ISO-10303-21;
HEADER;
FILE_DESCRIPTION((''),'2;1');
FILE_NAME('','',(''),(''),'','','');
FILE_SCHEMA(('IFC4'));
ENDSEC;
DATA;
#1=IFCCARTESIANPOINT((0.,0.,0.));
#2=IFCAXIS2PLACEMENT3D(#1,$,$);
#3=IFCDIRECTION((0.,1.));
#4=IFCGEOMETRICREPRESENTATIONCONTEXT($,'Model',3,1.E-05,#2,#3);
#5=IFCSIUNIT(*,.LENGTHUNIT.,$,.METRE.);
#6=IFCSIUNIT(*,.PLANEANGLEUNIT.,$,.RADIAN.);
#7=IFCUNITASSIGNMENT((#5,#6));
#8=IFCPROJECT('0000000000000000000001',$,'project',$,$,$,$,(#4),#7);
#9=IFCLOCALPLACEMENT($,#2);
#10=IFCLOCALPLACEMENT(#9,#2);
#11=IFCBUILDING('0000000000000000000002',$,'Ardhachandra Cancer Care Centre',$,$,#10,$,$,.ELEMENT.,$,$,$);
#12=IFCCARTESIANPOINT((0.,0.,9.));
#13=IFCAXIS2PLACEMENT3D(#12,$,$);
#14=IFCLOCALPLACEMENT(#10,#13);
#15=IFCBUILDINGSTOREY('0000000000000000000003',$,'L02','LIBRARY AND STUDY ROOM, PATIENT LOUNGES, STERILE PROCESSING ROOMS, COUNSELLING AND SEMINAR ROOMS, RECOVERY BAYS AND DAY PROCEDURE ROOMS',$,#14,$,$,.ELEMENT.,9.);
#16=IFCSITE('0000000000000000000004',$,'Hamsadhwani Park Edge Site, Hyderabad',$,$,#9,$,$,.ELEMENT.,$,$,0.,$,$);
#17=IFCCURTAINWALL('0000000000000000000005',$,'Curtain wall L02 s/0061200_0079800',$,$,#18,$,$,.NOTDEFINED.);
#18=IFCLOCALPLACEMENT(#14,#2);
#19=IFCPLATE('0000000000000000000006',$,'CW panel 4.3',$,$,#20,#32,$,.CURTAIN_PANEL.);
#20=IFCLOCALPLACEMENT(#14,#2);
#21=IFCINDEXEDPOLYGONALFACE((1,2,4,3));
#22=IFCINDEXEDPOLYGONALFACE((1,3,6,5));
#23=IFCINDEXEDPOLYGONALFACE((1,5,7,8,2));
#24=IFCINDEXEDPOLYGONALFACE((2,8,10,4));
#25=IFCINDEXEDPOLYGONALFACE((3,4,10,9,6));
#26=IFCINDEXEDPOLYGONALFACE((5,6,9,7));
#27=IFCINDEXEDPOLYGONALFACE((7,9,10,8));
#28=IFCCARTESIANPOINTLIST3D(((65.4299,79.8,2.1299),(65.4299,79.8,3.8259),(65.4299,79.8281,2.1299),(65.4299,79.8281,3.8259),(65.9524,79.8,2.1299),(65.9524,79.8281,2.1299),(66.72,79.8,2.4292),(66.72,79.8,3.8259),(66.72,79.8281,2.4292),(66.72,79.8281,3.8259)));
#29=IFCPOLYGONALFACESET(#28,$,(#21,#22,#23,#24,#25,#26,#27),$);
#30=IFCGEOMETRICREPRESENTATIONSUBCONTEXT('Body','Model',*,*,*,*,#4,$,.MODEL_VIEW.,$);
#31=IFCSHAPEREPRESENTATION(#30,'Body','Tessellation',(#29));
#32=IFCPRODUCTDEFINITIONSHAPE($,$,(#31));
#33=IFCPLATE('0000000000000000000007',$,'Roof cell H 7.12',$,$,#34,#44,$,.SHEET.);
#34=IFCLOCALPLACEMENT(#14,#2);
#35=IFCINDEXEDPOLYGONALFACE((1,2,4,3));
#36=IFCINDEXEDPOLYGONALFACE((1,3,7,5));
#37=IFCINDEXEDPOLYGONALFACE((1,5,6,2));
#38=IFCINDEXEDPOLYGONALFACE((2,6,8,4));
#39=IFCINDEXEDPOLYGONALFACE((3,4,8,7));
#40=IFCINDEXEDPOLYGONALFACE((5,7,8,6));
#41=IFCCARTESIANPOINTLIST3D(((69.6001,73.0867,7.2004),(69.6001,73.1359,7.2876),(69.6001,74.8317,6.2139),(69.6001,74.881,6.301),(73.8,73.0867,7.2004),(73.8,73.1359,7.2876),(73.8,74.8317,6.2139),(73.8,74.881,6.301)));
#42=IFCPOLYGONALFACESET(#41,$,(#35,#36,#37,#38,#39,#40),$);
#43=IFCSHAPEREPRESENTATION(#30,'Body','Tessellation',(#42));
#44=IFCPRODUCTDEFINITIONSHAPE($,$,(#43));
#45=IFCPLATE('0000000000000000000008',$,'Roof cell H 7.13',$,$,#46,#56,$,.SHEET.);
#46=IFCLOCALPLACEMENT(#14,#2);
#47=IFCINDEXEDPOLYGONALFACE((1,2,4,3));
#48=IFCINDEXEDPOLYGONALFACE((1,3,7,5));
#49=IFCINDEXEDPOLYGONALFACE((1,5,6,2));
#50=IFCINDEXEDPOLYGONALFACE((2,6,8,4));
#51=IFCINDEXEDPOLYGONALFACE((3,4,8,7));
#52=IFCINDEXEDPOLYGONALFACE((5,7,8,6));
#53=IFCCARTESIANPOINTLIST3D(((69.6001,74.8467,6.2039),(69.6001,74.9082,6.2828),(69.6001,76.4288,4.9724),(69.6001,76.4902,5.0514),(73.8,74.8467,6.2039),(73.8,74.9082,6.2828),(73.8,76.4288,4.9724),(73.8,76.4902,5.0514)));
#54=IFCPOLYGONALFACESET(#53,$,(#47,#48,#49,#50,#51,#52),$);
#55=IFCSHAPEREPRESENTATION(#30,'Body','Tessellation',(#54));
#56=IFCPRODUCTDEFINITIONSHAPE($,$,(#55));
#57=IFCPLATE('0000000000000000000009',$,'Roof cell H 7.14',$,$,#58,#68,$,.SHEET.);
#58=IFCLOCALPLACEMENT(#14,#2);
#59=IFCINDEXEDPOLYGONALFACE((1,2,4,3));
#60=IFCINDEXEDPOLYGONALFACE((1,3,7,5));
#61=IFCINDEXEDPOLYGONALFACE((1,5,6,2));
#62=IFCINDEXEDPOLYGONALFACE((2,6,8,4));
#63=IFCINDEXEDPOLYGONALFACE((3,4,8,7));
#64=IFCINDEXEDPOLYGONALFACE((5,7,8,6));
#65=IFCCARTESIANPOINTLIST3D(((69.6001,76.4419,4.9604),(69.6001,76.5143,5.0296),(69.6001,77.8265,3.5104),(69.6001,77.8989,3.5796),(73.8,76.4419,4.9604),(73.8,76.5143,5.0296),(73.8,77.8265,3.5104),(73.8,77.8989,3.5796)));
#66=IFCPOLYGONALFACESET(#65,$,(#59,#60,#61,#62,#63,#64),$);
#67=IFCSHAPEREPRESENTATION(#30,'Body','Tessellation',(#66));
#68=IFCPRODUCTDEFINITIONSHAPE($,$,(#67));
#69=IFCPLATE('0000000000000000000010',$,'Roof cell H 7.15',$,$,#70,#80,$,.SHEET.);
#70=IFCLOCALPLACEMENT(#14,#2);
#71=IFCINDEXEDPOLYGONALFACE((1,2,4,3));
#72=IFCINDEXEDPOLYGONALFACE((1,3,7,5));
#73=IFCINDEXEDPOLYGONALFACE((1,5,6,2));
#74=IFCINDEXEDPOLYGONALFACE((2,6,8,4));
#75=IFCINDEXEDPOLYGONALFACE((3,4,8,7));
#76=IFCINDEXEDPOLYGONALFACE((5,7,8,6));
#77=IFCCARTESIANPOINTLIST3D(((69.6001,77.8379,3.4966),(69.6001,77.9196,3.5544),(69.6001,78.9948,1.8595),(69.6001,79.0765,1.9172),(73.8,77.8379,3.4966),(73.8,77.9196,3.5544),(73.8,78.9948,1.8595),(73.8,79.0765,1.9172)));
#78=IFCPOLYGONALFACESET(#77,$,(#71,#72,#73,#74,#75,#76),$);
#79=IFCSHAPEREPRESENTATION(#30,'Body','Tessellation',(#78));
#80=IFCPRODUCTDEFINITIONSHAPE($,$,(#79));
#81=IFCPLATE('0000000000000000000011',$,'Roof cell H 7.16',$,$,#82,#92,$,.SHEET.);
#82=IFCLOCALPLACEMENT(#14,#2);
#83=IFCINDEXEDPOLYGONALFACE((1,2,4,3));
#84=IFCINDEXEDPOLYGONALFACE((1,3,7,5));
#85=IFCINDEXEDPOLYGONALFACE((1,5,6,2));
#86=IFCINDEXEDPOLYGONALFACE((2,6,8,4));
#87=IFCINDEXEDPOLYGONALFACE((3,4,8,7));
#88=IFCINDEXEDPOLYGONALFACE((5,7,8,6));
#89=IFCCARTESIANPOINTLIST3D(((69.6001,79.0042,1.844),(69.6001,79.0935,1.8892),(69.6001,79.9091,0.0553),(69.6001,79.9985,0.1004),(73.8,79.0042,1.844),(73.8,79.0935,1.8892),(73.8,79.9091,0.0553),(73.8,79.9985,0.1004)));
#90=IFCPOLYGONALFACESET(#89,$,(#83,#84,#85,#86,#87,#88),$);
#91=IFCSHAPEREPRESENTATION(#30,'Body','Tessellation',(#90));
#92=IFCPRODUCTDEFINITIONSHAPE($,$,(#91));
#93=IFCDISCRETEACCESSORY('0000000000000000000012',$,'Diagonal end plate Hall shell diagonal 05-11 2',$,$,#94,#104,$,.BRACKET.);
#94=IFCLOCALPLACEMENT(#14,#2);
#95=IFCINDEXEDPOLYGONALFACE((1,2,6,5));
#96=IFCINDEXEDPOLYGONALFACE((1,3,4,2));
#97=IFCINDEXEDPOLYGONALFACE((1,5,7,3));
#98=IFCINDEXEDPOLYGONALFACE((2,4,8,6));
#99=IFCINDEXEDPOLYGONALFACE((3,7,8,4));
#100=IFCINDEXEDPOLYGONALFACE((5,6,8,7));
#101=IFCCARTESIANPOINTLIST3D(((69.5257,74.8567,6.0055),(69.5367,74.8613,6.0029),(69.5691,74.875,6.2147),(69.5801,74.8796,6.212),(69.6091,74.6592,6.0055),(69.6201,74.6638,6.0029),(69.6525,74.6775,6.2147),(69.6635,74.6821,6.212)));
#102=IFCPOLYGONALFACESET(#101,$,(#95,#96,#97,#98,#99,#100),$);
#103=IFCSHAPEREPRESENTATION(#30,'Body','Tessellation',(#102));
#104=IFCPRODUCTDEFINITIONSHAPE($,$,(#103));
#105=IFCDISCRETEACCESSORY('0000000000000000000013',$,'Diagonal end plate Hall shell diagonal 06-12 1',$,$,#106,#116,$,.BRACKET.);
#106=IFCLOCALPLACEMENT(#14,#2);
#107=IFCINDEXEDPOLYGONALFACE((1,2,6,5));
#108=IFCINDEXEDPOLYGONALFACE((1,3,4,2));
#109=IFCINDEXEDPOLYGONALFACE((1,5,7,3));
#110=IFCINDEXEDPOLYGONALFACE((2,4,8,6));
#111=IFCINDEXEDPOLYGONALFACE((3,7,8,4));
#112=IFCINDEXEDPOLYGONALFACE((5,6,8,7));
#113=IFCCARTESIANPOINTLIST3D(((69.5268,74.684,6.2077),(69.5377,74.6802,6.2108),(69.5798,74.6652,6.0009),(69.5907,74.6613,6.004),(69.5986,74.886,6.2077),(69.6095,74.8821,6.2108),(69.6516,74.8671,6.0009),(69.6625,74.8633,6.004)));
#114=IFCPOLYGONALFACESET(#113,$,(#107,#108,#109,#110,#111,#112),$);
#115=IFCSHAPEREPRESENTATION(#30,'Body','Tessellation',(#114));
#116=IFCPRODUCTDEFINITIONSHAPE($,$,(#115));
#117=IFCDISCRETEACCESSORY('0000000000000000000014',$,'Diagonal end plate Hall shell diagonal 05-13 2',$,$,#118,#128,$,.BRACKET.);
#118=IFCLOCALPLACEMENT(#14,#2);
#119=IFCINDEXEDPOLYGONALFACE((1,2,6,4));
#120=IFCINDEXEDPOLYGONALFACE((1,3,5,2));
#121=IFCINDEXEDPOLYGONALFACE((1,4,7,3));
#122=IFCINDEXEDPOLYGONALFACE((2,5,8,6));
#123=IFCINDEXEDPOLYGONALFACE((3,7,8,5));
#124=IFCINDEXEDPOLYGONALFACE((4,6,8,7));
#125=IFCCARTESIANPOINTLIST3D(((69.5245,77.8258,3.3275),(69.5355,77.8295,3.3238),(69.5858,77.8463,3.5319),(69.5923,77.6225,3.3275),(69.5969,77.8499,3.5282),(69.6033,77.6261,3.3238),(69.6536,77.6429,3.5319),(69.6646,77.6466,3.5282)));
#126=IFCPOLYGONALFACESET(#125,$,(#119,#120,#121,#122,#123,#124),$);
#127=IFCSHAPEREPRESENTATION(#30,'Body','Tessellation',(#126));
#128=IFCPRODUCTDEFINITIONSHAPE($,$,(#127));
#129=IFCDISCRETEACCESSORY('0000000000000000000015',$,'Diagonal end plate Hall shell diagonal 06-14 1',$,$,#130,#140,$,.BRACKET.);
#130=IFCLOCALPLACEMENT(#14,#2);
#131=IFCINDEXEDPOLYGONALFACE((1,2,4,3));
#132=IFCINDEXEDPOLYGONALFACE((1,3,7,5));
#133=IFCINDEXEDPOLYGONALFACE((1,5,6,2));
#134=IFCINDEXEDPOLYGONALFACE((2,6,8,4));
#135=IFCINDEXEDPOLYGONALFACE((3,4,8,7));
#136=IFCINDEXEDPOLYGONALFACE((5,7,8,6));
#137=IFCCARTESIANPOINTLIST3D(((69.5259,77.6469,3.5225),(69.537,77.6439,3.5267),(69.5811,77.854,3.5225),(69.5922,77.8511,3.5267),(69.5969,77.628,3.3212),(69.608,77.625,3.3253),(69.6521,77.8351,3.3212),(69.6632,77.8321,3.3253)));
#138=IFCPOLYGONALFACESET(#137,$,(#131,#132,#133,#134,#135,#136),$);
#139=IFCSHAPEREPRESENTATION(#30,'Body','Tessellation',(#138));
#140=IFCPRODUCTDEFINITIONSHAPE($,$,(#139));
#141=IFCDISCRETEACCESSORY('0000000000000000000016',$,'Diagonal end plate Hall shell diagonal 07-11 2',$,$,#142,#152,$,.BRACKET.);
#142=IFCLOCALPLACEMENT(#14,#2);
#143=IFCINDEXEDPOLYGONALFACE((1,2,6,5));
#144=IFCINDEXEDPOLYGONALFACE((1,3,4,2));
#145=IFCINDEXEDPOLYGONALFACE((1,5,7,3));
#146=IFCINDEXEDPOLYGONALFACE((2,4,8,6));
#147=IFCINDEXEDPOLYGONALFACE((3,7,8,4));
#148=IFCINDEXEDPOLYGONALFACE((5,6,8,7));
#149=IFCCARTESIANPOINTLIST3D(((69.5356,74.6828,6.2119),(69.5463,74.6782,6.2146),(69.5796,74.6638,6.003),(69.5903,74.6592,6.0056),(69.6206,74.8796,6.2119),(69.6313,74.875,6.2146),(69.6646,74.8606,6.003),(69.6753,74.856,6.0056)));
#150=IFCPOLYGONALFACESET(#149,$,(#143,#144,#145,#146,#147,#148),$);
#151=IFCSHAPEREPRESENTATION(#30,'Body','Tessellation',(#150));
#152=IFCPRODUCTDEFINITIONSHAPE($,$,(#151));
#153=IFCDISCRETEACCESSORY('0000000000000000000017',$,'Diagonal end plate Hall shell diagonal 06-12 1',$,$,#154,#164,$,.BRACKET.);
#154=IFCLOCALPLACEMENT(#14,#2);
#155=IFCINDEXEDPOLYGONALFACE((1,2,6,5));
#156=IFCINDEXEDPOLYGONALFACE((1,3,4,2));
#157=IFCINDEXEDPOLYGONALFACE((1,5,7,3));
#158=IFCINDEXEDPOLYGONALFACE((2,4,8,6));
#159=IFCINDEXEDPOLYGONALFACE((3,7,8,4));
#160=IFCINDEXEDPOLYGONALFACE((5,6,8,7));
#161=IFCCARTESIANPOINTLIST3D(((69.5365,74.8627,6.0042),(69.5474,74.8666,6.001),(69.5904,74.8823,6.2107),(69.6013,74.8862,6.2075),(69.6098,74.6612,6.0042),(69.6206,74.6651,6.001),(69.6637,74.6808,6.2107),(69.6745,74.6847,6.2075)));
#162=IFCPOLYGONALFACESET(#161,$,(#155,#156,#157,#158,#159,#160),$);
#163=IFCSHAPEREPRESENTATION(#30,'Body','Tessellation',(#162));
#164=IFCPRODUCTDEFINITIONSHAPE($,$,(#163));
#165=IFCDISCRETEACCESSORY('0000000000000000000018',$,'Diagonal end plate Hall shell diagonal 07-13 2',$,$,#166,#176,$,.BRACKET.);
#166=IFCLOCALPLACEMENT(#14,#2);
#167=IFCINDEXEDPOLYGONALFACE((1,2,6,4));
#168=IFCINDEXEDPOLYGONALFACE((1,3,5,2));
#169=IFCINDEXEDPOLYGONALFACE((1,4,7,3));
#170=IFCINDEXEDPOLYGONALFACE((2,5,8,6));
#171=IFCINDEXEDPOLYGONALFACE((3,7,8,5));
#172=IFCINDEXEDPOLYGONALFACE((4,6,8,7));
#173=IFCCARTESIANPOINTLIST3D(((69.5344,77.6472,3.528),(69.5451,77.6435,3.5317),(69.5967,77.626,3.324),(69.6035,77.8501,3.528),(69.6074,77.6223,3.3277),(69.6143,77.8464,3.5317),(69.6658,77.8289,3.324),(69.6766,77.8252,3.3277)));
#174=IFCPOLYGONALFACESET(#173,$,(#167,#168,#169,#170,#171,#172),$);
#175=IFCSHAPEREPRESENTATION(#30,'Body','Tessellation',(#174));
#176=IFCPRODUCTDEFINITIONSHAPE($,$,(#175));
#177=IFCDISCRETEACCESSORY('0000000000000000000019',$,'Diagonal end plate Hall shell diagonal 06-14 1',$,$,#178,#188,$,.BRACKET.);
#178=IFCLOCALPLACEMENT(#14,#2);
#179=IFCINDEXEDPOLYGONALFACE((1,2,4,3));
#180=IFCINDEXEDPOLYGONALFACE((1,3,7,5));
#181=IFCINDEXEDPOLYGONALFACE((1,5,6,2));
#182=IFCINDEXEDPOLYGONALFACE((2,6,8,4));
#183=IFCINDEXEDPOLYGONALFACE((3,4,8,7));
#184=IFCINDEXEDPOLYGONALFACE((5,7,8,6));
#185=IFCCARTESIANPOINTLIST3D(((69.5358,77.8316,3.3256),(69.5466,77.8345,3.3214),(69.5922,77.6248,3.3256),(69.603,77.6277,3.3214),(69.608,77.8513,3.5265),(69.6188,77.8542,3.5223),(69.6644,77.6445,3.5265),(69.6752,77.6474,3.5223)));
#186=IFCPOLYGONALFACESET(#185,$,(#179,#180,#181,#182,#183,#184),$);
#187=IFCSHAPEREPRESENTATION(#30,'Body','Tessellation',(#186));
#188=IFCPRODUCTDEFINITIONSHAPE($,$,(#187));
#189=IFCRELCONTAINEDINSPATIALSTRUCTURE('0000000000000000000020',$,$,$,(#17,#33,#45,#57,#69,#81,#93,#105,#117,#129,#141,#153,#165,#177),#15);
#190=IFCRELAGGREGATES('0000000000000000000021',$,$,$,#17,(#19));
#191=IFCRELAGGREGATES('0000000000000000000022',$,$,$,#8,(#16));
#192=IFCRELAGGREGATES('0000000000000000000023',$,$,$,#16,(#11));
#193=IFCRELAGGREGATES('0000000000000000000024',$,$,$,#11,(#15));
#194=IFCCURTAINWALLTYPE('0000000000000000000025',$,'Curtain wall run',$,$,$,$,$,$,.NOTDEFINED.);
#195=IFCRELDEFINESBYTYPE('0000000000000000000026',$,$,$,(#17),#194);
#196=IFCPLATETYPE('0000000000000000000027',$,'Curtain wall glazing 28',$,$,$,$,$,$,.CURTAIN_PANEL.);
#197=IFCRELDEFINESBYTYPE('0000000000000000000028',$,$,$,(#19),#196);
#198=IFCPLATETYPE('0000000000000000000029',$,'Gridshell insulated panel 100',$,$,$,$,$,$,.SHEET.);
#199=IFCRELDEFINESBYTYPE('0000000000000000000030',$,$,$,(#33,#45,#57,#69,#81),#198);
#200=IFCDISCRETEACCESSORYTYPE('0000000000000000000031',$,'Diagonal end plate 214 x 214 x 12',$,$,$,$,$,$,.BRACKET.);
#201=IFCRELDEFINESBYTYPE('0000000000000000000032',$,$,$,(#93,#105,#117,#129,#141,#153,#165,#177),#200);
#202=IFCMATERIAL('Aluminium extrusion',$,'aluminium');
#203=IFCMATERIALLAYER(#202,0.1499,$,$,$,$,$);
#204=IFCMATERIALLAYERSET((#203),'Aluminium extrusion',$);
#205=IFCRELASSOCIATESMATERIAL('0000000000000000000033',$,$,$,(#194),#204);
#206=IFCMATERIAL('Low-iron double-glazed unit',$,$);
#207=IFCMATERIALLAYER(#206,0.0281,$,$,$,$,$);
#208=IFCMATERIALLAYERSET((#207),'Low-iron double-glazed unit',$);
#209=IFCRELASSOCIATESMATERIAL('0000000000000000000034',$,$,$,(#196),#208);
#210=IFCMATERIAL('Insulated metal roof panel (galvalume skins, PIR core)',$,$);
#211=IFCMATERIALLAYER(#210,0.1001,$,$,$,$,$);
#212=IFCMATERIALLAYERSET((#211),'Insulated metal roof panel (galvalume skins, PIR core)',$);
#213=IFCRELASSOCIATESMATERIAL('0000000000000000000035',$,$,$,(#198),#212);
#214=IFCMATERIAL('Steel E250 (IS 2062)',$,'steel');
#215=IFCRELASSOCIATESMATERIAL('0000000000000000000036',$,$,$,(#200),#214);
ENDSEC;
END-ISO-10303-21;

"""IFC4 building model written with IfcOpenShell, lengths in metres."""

from ifc_helpers import new_model, si_unit, direction, frame, origin, origin_2d, place, context, subcontext, project, spatial, polyline, rectangle, outline, extrude, material, layer, layer_set, material_profile, profile_set, type_object, element, aggregate, save


model = new_model("IFC4")

# Units and contexts
model_context = context("Model", 3, precision=1e-05, world=origin(), true_north=direction((0.0, 1.0)))
body_context = subcontext(model_context, "Body", "Model", "MODEL_VIEW")
ifc_project = project(units=[si_unit("LENGTHUNIT", "METRE"), si_unit("PLANEANGLEUNIT", "RADIAN")], contexts=[model_context])

# Site, building, storey
site_placement = place(None, origin())
site = spatial("IfcSite", under=ifc_project, at=site_placement, Name="Hamsadhwani Park Edge Site, Hyderabad", CompositionType="ELEMENT", RefElevation=0.0)
building_placement = place(site_placement, origin())
building = spatial("IfcBuilding", under=site, at=building_placement, Name="Ardhachandra Cancer Care Centre", CompositionType="ELEMENT")
storey_placement = place(building_placement, frame((0.0, 0.0, 9.0)))
storey = spatial("IfcBuildingStorey", under=building, at=storey_placement, Name="L02", Description="LIBRARY AND STUDY ROOM, PATIENT LOUNGES, STERILE PROCESSING ROOMS, COUNSELLING AND SEMINAR ROOMS, RECOVERY BAYS AND DAY PROCEDURE ROOMS", CompositionType="ELEMENT", Elevation=9.0)

# Curtain wall
ifc_material_1 = material(Name="Aluminium extrusion", Category="aluminium")
ifc_layer_1 = layer(ifc_material_1, 0.1499)
ifc_layer_set_1 = layer_set([ifc_layer_1], Name="Aluminium extrusion")
curtain_wall_type = type_object("IfcCurtainWallType", Name="Curtain wall run", PredefinedType="NOTDEFINED", material=ifc_layer_set_1)
curtain_wall_placement = place(storey_placement, origin())
curtain_wall = element("IfcCurtainWall", 1, at=curtain_wall_placement, inside=storey, type_object=curtain_wall_type, Name="Curtain wall L02 s/0061200_0079800", PredefinedType="NOTDEFINED")

# Plate
ifc_material_2 = material(Name="Low-iron double-glazed unit")
ifc_layer_2 = layer(ifc_material_2, 0.0281)
ifc_layer_set_2 = layer_set([ifc_layer_2], Name="Low-iron double-glazed unit")
plate_type_1 = type_object("IfcPlateType", Name="Curtain wall glazing 28", PredefinedType="CURTAIN_PANEL", material=ifc_layer_set_2)
plate_1_placement = place(storey_placement, frame((65.4299, 79.8, 2.1299), z_axis=(0.0, 1.0, 0.0), x_axis=(0.0, 0.0, 1.0)))
plate_1 = element("IfcPlate", 2, at=plate_1_placement, type_object=plate_type_1, Name="CW panel 4.3", PredefinedType="CURTAIN_PANEL", context=body_context, shape_type="SweptSolid", body=[
    extrude(outline(polyline([(0.0, 0.0), (1.696, 0.0), (1.696, 1.29), (0.2993, 1.29), (0.0, 0.5225), (0.0, 0.0)])), origin(), (0.0, 0.0, 1.0), 0.0281),
])
aggregate(curtain_wall, [plate_1])

# Plates
ifc_material_3 = material(Name="Insulated metal roof panel (galvalume skins, PIR core)")
ifc_layer_3 = layer(ifc_material_3, 0.1001)
ifc_layer_set_3 = layer_set([ifc_layer_3], Name="Insulated metal roof panel (galvalume skins, PIR core)")
plate_type_2 = type_object("IfcPlateType", Name="Gridshell insulated panel 100", PredefinedType="SHEET", material=ifc_layer_set_3)
plate_2_placement = place(storey_placement, frame((69.6001, 73.0867, 7.2004), z_axis=(0.0, 0.492134, 0.87052), x_axis=(1.0, 0.0, 0.0)))
element("IfcPlate", 3, at=plate_2_placement, inside=storey, type_object=plate_type_2, Name="Roof cell H 7.12", PredefinedType="SHEET", context=body_context, shape_type="SweptSolid", body=[
    extrude(outline(polyline([(0.0, 0.0), (4.2, 0.0), (4.2, 2.0046), (0.0, 2.0046), (0.0, 0.0)])), origin(), (0.0, 0.0, 1.0), 0.1001),
])
for number, where, z_axis, x_axis, name in (
    (4, (69.6001, 74.8467, 6.2039), (0.0, 0.614244, 0.789116), (1.0, 0.0, 0.0), "Roof cell H 7.13"),
    (5, (69.6001, 76.4419, 4.9604), (0.0, 0.723237, 0.6906), (1.0, 0.0, 0.0), "Roof cell H 7.14"),
):
    element("IfcPlate", number, at=place(storey_placement, frame(where, z_axis=z_axis, x_axis=x_axis)), inside=storey, type_object=plate_type_2, Name=name, PredefinedType="SHEET", context=body_context, shape_type="SweptSolid", body=[
        extrude(outline(polyline([(0.0, 0.0), (4.2, 0.0), (4.2, 2.0049), (0.0, 2.0049), (0.0, 0.0)])), origin(), (0.0, 0.0, 1.0), 0.1001),
    ])
for number, where, z_axis, x_axis, name in (
    (6, (69.6001, 77.8379, 3.4966), (0.0, 0.816661, 0.577118), (1.0, 0.0, 0.0), "Roof cell H 7.15"),
    (7, (69.6001, 79.0042, 1.844), (0.0, 0.892298, 0.451447), (1.0, 0.0, 0.0), "Roof cell H 7.16"),
):
    element("IfcPlate", number, at=place(storey_placement, frame(where, z_axis=z_axis, x_axis=x_axis)), inside=storey, type_object=plate_type_2, Name=name, PredefinedType="SHEET", context=body_context, shape_type="SweptSolid", body=[
        extrude(outline(polyline([(0.0, 0.0), (4.2, 0.0), (4.2, 2.0046), (0.0, 2.0046), (0.0, 0.0)])), origin(), (0.0, 0.0, 1.0), 0.1001),
    ])

# Discrete accessories
ifc_material_4 = material(Name="Steel E250 (IS 2062)", Category="steel")
ifc_material_profile_1 = material_profile(ifc_material_4, rectangle(XDim=0.2144, YDim=0.2144, at=origin_2d()), Name="PL 214x214x12")
ifc_profile_set_1 = profile_set([ifc_material_profile_1], Name="Steel E250 (IS 2062)")
discrete_accessory_type = type_object("IfcDiscreteAccessoryType", Name="Diagonal end plate 214 x 214 x 12", PredefinedType="BRACKET", material=ifc_profile_set_1)
discrete_accessory_1_placement = place(storey_placement, frame((69.6001, 74.7717, 6.1074), z_axis=(-0.898743, -0.379469, 0.219693), x_axis=(0.388972, -0.92125, 0.0)))
element("IfcDiscreteAccessory", 8, at=discrete_accessory_1_placement, inside=storey, type_object=discrete_accessory_type, Name="Diagonal end plate Hall shell diagonal 05-11 2", PredefinedType="BRACKET", context=body_context, shape_type="SweptSolid", body=[
    extrude(rectangle(XDim=0.2144, YDim=0.2144, at=origin_2d()), origin(), (0.0, 0.0, 1.0), 0.0122),
])
discrete_accessory_2_placement = place(storey_placement, frame((69.6001, 74.7717, 6.1074), z_axis=(-0.909137, 0.323249, -0.26264), x_axis=(-0.33501, -0.942215, 0.0)))
element("IfcDiscreteAccessory", 9, at=discrete_accessory_2_placement, inside=storey, type_object=discrete_accessory_type, Name="Diagonal end plate Hall shell diagonal 06-12 1", PredefinedType="BRACKET", context=body_context, shape_type="SweptSolid", body=[
    extrude(rectangle(XDim=0.2144, YDim=0.2144, at=origin_2d()), origin(), (0.0, 0.0, 1.0), 0.012),
])
for number, where, z_axis, x_axis, name in (
    (10, (69.6001, 77.738, 3.426), (-0.904534, -0.301511, 0.301511), (0.316228, -0.948683, 0.0), "Diagonal end plate Hall shell diagonal 05-13 2"),
    (11, (69.6001, 77.738, 3.426), (-0.907657, 0.242042, -0.342892), (-0.257663, -0.966235, 0.0), "Diagonal end plate Hall shell diagonal 06-14 1"),
):
    element("IfcDiscreteAccessory", number, at=place(storey_placement, frame(where, z_axis=z_axis, x_axis=x_axis)), inside=storey, type_object=discrete_accessory_type, Name=name, PredefinedType="BRACKET", context=body_context, shape_type="SweptSolid", body=[
        extrude(rectangle(XDim=0.2144, YDim=0.2144, at=origin_2d()), origin(), (0.0, 0.0, 1.0), 0.0122),
    ])
for number, where, z_axis, x_axis, name in (
    (12, (69.6001, 74.7717, 6.1074), (0.894797, -0.38639, 0.223699), (0.396436, 0.918062, 0.0), "Diagonal end plate Hall shell diagonal 07-11 2"),
    (13, (69.6001, 74.7717, 6.1074), (0.905534, 0.329285, -0.267544), (-0.341743, 0.939793, 0.0), "Diagonal end plate Hall shell diagonal 06-12 1"),
    (14, (69.6001, 77.738, 3.426), (0.900777, -0.307083, 0.307083), (0.322674, 0.94651, 0.0), "Diagonal end plate Hall shell diagonal 07-13 2"),
    (15, (69.6001, 77.738, 3.426), (0.904004, 0.246546, -0.349274), (-0.263117, 0.964764, 0.0), "Diagonal end plate Hall shell diagonal 06-14 1"),
):
    element("IfcDiscreteAccessory", number, at=place(storey_placement, frame(where, z_axis=z_axis, x_axis=x_axis)), inside=storey, type_object=discrete_accessory_type, Name=name, PredefinedType="BRACKET", context=body_context, shape_type="SweptSolid", body=[
        extrude(rectangle(XDim=0.2144, YDim=0.2144, at=origin_2d()), origin(), (0.0, 0.0, 1.0), 0.012),
    ])

save(model, "model.ifc")
